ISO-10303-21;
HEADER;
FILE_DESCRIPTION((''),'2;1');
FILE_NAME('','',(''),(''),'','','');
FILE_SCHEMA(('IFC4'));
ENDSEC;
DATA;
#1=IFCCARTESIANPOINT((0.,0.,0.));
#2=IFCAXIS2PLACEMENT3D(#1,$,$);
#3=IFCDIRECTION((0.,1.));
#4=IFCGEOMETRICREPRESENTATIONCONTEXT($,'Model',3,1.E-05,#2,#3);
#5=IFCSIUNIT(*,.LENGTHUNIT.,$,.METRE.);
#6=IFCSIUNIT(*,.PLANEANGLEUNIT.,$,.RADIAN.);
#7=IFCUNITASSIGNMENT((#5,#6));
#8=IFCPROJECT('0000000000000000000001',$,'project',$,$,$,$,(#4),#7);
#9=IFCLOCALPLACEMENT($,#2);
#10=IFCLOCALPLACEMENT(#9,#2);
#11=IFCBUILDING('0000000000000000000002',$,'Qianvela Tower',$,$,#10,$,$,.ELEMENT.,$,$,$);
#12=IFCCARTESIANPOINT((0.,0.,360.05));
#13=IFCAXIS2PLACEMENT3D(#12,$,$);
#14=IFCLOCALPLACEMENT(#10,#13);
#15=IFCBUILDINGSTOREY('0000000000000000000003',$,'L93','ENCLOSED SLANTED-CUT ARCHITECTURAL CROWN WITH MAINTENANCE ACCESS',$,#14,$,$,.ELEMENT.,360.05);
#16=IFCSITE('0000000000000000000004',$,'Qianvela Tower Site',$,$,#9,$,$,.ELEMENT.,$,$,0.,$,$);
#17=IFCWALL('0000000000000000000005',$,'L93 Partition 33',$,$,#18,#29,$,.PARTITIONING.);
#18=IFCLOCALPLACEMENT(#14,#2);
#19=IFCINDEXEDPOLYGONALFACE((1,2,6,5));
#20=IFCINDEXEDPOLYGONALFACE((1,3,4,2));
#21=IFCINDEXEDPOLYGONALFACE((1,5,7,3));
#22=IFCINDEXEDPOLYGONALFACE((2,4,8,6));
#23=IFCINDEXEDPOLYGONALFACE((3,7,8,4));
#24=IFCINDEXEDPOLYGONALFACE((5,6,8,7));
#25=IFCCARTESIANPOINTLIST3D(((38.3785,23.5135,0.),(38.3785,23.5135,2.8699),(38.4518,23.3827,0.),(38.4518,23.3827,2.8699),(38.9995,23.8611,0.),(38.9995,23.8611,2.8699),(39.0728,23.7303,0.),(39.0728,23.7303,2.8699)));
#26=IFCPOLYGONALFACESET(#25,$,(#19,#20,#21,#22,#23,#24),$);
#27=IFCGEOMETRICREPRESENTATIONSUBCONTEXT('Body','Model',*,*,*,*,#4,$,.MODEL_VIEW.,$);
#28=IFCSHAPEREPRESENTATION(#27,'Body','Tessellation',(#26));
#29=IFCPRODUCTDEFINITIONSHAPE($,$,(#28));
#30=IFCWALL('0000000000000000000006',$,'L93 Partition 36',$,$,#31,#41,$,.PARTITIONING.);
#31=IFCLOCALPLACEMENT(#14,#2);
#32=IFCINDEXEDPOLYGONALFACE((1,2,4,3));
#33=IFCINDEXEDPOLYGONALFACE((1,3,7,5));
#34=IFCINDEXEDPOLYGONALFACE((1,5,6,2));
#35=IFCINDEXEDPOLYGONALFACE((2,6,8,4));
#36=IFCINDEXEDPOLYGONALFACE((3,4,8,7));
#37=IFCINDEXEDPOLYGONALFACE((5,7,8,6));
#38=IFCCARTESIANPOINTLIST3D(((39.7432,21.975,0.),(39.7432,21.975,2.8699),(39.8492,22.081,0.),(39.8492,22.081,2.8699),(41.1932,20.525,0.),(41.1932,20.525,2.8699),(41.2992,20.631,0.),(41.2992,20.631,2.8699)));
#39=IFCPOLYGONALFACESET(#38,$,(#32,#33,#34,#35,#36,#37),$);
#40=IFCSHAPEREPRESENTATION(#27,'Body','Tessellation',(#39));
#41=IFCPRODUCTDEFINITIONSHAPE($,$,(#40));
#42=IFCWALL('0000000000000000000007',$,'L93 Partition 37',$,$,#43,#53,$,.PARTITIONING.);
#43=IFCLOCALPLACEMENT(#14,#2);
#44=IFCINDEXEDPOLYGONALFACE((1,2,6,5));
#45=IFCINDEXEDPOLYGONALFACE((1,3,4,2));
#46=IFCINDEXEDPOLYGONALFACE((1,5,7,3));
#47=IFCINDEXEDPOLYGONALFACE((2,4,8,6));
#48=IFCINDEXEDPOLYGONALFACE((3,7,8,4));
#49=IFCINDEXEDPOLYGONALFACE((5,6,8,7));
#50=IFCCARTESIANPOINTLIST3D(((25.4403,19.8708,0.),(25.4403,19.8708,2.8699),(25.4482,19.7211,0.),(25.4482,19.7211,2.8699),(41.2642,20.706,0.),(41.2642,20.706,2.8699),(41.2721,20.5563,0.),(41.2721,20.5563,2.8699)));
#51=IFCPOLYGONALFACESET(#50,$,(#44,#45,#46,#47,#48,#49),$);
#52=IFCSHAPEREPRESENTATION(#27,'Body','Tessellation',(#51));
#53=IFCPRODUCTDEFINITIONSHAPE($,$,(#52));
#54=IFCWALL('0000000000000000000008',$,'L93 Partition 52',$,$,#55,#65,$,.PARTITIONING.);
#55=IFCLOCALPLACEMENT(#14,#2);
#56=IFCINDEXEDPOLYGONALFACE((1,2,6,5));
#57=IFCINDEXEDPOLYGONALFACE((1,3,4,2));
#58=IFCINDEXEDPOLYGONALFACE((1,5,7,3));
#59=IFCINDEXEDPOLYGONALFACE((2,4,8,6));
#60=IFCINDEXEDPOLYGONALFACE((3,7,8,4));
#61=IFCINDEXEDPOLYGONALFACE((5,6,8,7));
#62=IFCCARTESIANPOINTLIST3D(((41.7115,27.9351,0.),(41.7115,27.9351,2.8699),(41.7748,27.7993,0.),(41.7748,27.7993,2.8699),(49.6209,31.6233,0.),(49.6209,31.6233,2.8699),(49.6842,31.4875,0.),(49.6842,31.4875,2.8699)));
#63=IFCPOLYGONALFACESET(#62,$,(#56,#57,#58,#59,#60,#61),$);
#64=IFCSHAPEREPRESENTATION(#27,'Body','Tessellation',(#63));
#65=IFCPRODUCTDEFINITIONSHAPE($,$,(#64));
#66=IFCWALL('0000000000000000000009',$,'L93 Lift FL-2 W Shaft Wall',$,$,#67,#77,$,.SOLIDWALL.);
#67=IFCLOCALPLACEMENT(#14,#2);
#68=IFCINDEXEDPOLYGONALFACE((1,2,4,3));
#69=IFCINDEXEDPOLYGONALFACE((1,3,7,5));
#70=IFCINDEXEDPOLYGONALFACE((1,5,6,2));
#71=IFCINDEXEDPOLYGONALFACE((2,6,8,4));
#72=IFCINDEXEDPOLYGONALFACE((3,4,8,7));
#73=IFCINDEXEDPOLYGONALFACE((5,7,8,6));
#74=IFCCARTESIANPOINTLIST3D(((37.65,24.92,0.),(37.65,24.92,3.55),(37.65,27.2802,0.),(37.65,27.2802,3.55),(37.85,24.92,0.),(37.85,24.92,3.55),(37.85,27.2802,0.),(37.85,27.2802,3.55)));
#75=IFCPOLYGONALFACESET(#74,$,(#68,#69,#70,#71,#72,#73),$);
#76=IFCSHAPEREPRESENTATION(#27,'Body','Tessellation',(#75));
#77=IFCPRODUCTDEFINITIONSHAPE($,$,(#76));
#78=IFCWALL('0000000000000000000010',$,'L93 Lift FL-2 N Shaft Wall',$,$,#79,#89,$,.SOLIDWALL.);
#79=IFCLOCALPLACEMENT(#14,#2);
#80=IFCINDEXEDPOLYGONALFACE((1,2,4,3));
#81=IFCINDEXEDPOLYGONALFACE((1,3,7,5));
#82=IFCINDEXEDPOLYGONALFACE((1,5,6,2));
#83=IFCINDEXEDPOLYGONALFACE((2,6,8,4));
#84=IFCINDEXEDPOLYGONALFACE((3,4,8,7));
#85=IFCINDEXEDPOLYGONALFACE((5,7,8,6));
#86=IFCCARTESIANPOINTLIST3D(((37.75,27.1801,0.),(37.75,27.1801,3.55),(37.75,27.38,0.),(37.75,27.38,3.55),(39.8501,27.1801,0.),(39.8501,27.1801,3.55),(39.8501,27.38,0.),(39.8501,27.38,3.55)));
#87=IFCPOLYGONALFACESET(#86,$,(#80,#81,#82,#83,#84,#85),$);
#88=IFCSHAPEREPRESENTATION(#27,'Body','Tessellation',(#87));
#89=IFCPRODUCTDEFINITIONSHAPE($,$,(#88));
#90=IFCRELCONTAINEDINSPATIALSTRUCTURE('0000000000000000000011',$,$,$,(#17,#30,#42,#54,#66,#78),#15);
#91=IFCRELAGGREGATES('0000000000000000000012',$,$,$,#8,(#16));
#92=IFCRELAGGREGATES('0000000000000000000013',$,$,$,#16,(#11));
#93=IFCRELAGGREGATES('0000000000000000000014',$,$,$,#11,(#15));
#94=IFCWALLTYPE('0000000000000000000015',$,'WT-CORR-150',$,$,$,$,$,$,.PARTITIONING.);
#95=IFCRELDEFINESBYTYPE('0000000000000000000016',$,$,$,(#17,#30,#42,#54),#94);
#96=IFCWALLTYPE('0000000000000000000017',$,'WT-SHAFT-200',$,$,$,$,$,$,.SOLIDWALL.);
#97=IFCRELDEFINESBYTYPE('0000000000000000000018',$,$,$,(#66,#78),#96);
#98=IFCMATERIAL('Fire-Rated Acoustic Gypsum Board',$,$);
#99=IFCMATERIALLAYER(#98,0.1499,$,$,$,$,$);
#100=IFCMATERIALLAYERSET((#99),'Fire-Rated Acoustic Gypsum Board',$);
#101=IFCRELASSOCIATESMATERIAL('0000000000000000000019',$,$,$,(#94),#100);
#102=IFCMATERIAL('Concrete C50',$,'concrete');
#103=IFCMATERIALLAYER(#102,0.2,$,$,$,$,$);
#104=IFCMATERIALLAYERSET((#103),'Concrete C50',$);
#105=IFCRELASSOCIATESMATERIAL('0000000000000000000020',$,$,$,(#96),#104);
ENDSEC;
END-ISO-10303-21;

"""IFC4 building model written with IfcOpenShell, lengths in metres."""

from ifc_helpers import new_model, si_unit, direction, frame, frame_2d, origin, place, context, subcontext, project, spatial, rectangle, extrude, material, layer, layer_set, type_object, element, save


model = new_model("IFC4")

# Units and contexts
model_context = context("Model", 3, precision=1e-05, world=origin(), true_north=direction((0.0, 1.0)))
body_context = subcontext(model_context, "Body", "Model", "MODEL_VIEW")
ifc_project = project(units=[si_unit("LENGTHUNIT", "METRE"), si_unit("PLANEANGLEUNIT", "RADIAN")], contexts=[model_context])

# Site, building, storey
site_placement = place(None, origin())
site = spatial("IfcSite", under=ifc_project, at=site_placement, Name="Qianvela Tower Site", CompositionType="ELEMENT", RefElevation=0.0)
building_placement = place(site_placement, origin())
building = spatial("IfcBuilding", under=site, at=building_placement, Name="Qianvela Tower", CompositionType="ELEMENT")
storey_placement = place(building_placement, frame((0.0, 0.0, 360.05)))
storey = spatial("IfcBuildingStorey", under=building, at=storey_placement, Name="L93", Description="ENCLOSED SLANTED-CUT ARCHITECTURAL CROWN WITH MAINTENANCE ACCESS", CompositionType="ELEMENT", Elevation=360.05)

# Shared definitions
ifc_material_1 = material(Name="Fire-Rated Acoustic Gypsum Board")
ifc_layer_1 = layer(ifc_material_1, 0.1499)
ifc_layer_set_1 = layer_set([ifc_layer_1], Name="Fire-Rated Acoustic Gypsum Board")
wall_type_1 = type_object("IfcWallType", Name="WT-CORR-150", PredefinedType="PARTITIONING", material=ifc_layer_set_1)

# Walls
wall_1_placement = place(storey_placement, frame((38.415, 23.448, 0.0), z_axis=(0.0, 0.0, 1.0), x_axis=(0.8726, 0.488436, 0.0)))
element("IfcWall", 1, at=wall_1_placement, inside=storey, type_object=wall_type_1, Name="L93 Partition 33", PredefinedType="PARTITIONING", context=body_context, shape_type="SweptSolid", body=[
    extrude(rectangle(XDim=0.7117, YDim=0.1499, at=frame_2d((0.356, 0.0))), origin(), (0.0, 0.0, 1.0), 2.8699),
])
wall_2_placement = place(storey_placement, frame((39.7961, 22.0281, 0.0), z_axis=(0.0, 0.0, 1.0), x_axis=(0.707107, -0.707107, 0.0)))
element("IfcWall", 2, at=wall_2_placement, inside=storey, type_object=wall_type_1, Name="L93 Partition 36", PredefinedType="PARTITIONING", context=body_context, shape_type="SweptSolid", body=[
    extrude(rectangle(XDim=2.0505, YDim=0.1499, at=frame_2d((1.0254, 0.0))), origin(), (0.0, 0.0, 1.0), 2.8699),
])
wall_3_placement = place(storey_placement, frame((41.2681, 20.6311, 0.0), z_axis=(0.0, 0.0, 1.0), x_axis=(-0.99861, -0.052708, 0.0)))
element("IfcWall", 3, at=wall_3_placement, inside=storey, type_object=wall_type_1, Name="L93 Partition 37", PredefinedType="PARTITIONING", context=body_context, shape_type="SweptSolid", body=[
    extrude(rectangle(XDim=15.8459, YDim=0.1499, at=frame_2d((7.9229, 0.0))), origin(), (0.0, 0.0, 1.0), 2.8699),
])
wall_4_placement = place(storey_placement, frame((41.7432, 27.8672, 0.0), z_axis=(0.0, 0.0, 1.0), x_axis=(0.906307, 0.422619, 0.0)))
element("IfcWall", 4, at=wall_4_placement, inside=storey, type_object=wall_type_1, Name="L93 Partition 52", PredefinedType="PARTITIONING", context=body_context, shape_type="SweptSolid", body=[
    extrude(rectangle(XDim=8.7271, YDim=0.1499, at=frame_2d((4.3635, 0.0))), origin(), (0.0, 0.0, 1.0), 2.8699),
])

# Shared definitions
ifc_material_2 = material(Name="Concrete C50", Category="concrete")
ifc_layer_2 = layer(ifc_material_2, 0.2)
ifc_layer_set_2 = layer_set([ifc_layer_2], Name="Concrete C50")
wall_type_2 = type_object("IfcWallType", Name="WT-SHAFT-200", PredefinedType="SOLIDWALL", material=ifc_layer_set_2)

# Walls
wall_5_placement = place(storey_placement, frame((37.75, 24.9199, 0.0), z_axis=(0.0, 0.0, 1.0), x_axis=(0.0, 1.0, 0.0)))
element("IfcWall", 5, at=wall_5_placement, inside=storey, type_object=wall_type_2, Name="L93 Lift FL-2 W Shaft Wall", PredefinedType="SOLIDWALL", context=body_context, shape_type="SweptSolid", body=[
    extrude(rectangle(XDim=2.3601, YDim=0.2, at=frame_2d((1.1802, 0.0))), origin(), (0.0, 0.0, 1.0), 3.55),
])
wall_6_placement = place(storey_placement, frame((37.75, 27.28, 0.0), z_axis=(0.0, 0.0, 1.0), x_axis=(1.0, 0.0, 0.0)))
element("IfcWall", 6, at=wall_6_placement, inside=storey, type_object=wall_type_2, Name="L93 Lift FL-2 N Shaft Wall", PredefinedType="SOLIDWALL", context=body_context, shape_type="SweptSolid", body=[
    extrude(rectangle(XDim=2.1001, YDim=0.2, at=frame_2d((1.05, 0.0))), origin(), (0.0, 0.0, 1.0), 3.55),
])

save(model, "model.ifc")
